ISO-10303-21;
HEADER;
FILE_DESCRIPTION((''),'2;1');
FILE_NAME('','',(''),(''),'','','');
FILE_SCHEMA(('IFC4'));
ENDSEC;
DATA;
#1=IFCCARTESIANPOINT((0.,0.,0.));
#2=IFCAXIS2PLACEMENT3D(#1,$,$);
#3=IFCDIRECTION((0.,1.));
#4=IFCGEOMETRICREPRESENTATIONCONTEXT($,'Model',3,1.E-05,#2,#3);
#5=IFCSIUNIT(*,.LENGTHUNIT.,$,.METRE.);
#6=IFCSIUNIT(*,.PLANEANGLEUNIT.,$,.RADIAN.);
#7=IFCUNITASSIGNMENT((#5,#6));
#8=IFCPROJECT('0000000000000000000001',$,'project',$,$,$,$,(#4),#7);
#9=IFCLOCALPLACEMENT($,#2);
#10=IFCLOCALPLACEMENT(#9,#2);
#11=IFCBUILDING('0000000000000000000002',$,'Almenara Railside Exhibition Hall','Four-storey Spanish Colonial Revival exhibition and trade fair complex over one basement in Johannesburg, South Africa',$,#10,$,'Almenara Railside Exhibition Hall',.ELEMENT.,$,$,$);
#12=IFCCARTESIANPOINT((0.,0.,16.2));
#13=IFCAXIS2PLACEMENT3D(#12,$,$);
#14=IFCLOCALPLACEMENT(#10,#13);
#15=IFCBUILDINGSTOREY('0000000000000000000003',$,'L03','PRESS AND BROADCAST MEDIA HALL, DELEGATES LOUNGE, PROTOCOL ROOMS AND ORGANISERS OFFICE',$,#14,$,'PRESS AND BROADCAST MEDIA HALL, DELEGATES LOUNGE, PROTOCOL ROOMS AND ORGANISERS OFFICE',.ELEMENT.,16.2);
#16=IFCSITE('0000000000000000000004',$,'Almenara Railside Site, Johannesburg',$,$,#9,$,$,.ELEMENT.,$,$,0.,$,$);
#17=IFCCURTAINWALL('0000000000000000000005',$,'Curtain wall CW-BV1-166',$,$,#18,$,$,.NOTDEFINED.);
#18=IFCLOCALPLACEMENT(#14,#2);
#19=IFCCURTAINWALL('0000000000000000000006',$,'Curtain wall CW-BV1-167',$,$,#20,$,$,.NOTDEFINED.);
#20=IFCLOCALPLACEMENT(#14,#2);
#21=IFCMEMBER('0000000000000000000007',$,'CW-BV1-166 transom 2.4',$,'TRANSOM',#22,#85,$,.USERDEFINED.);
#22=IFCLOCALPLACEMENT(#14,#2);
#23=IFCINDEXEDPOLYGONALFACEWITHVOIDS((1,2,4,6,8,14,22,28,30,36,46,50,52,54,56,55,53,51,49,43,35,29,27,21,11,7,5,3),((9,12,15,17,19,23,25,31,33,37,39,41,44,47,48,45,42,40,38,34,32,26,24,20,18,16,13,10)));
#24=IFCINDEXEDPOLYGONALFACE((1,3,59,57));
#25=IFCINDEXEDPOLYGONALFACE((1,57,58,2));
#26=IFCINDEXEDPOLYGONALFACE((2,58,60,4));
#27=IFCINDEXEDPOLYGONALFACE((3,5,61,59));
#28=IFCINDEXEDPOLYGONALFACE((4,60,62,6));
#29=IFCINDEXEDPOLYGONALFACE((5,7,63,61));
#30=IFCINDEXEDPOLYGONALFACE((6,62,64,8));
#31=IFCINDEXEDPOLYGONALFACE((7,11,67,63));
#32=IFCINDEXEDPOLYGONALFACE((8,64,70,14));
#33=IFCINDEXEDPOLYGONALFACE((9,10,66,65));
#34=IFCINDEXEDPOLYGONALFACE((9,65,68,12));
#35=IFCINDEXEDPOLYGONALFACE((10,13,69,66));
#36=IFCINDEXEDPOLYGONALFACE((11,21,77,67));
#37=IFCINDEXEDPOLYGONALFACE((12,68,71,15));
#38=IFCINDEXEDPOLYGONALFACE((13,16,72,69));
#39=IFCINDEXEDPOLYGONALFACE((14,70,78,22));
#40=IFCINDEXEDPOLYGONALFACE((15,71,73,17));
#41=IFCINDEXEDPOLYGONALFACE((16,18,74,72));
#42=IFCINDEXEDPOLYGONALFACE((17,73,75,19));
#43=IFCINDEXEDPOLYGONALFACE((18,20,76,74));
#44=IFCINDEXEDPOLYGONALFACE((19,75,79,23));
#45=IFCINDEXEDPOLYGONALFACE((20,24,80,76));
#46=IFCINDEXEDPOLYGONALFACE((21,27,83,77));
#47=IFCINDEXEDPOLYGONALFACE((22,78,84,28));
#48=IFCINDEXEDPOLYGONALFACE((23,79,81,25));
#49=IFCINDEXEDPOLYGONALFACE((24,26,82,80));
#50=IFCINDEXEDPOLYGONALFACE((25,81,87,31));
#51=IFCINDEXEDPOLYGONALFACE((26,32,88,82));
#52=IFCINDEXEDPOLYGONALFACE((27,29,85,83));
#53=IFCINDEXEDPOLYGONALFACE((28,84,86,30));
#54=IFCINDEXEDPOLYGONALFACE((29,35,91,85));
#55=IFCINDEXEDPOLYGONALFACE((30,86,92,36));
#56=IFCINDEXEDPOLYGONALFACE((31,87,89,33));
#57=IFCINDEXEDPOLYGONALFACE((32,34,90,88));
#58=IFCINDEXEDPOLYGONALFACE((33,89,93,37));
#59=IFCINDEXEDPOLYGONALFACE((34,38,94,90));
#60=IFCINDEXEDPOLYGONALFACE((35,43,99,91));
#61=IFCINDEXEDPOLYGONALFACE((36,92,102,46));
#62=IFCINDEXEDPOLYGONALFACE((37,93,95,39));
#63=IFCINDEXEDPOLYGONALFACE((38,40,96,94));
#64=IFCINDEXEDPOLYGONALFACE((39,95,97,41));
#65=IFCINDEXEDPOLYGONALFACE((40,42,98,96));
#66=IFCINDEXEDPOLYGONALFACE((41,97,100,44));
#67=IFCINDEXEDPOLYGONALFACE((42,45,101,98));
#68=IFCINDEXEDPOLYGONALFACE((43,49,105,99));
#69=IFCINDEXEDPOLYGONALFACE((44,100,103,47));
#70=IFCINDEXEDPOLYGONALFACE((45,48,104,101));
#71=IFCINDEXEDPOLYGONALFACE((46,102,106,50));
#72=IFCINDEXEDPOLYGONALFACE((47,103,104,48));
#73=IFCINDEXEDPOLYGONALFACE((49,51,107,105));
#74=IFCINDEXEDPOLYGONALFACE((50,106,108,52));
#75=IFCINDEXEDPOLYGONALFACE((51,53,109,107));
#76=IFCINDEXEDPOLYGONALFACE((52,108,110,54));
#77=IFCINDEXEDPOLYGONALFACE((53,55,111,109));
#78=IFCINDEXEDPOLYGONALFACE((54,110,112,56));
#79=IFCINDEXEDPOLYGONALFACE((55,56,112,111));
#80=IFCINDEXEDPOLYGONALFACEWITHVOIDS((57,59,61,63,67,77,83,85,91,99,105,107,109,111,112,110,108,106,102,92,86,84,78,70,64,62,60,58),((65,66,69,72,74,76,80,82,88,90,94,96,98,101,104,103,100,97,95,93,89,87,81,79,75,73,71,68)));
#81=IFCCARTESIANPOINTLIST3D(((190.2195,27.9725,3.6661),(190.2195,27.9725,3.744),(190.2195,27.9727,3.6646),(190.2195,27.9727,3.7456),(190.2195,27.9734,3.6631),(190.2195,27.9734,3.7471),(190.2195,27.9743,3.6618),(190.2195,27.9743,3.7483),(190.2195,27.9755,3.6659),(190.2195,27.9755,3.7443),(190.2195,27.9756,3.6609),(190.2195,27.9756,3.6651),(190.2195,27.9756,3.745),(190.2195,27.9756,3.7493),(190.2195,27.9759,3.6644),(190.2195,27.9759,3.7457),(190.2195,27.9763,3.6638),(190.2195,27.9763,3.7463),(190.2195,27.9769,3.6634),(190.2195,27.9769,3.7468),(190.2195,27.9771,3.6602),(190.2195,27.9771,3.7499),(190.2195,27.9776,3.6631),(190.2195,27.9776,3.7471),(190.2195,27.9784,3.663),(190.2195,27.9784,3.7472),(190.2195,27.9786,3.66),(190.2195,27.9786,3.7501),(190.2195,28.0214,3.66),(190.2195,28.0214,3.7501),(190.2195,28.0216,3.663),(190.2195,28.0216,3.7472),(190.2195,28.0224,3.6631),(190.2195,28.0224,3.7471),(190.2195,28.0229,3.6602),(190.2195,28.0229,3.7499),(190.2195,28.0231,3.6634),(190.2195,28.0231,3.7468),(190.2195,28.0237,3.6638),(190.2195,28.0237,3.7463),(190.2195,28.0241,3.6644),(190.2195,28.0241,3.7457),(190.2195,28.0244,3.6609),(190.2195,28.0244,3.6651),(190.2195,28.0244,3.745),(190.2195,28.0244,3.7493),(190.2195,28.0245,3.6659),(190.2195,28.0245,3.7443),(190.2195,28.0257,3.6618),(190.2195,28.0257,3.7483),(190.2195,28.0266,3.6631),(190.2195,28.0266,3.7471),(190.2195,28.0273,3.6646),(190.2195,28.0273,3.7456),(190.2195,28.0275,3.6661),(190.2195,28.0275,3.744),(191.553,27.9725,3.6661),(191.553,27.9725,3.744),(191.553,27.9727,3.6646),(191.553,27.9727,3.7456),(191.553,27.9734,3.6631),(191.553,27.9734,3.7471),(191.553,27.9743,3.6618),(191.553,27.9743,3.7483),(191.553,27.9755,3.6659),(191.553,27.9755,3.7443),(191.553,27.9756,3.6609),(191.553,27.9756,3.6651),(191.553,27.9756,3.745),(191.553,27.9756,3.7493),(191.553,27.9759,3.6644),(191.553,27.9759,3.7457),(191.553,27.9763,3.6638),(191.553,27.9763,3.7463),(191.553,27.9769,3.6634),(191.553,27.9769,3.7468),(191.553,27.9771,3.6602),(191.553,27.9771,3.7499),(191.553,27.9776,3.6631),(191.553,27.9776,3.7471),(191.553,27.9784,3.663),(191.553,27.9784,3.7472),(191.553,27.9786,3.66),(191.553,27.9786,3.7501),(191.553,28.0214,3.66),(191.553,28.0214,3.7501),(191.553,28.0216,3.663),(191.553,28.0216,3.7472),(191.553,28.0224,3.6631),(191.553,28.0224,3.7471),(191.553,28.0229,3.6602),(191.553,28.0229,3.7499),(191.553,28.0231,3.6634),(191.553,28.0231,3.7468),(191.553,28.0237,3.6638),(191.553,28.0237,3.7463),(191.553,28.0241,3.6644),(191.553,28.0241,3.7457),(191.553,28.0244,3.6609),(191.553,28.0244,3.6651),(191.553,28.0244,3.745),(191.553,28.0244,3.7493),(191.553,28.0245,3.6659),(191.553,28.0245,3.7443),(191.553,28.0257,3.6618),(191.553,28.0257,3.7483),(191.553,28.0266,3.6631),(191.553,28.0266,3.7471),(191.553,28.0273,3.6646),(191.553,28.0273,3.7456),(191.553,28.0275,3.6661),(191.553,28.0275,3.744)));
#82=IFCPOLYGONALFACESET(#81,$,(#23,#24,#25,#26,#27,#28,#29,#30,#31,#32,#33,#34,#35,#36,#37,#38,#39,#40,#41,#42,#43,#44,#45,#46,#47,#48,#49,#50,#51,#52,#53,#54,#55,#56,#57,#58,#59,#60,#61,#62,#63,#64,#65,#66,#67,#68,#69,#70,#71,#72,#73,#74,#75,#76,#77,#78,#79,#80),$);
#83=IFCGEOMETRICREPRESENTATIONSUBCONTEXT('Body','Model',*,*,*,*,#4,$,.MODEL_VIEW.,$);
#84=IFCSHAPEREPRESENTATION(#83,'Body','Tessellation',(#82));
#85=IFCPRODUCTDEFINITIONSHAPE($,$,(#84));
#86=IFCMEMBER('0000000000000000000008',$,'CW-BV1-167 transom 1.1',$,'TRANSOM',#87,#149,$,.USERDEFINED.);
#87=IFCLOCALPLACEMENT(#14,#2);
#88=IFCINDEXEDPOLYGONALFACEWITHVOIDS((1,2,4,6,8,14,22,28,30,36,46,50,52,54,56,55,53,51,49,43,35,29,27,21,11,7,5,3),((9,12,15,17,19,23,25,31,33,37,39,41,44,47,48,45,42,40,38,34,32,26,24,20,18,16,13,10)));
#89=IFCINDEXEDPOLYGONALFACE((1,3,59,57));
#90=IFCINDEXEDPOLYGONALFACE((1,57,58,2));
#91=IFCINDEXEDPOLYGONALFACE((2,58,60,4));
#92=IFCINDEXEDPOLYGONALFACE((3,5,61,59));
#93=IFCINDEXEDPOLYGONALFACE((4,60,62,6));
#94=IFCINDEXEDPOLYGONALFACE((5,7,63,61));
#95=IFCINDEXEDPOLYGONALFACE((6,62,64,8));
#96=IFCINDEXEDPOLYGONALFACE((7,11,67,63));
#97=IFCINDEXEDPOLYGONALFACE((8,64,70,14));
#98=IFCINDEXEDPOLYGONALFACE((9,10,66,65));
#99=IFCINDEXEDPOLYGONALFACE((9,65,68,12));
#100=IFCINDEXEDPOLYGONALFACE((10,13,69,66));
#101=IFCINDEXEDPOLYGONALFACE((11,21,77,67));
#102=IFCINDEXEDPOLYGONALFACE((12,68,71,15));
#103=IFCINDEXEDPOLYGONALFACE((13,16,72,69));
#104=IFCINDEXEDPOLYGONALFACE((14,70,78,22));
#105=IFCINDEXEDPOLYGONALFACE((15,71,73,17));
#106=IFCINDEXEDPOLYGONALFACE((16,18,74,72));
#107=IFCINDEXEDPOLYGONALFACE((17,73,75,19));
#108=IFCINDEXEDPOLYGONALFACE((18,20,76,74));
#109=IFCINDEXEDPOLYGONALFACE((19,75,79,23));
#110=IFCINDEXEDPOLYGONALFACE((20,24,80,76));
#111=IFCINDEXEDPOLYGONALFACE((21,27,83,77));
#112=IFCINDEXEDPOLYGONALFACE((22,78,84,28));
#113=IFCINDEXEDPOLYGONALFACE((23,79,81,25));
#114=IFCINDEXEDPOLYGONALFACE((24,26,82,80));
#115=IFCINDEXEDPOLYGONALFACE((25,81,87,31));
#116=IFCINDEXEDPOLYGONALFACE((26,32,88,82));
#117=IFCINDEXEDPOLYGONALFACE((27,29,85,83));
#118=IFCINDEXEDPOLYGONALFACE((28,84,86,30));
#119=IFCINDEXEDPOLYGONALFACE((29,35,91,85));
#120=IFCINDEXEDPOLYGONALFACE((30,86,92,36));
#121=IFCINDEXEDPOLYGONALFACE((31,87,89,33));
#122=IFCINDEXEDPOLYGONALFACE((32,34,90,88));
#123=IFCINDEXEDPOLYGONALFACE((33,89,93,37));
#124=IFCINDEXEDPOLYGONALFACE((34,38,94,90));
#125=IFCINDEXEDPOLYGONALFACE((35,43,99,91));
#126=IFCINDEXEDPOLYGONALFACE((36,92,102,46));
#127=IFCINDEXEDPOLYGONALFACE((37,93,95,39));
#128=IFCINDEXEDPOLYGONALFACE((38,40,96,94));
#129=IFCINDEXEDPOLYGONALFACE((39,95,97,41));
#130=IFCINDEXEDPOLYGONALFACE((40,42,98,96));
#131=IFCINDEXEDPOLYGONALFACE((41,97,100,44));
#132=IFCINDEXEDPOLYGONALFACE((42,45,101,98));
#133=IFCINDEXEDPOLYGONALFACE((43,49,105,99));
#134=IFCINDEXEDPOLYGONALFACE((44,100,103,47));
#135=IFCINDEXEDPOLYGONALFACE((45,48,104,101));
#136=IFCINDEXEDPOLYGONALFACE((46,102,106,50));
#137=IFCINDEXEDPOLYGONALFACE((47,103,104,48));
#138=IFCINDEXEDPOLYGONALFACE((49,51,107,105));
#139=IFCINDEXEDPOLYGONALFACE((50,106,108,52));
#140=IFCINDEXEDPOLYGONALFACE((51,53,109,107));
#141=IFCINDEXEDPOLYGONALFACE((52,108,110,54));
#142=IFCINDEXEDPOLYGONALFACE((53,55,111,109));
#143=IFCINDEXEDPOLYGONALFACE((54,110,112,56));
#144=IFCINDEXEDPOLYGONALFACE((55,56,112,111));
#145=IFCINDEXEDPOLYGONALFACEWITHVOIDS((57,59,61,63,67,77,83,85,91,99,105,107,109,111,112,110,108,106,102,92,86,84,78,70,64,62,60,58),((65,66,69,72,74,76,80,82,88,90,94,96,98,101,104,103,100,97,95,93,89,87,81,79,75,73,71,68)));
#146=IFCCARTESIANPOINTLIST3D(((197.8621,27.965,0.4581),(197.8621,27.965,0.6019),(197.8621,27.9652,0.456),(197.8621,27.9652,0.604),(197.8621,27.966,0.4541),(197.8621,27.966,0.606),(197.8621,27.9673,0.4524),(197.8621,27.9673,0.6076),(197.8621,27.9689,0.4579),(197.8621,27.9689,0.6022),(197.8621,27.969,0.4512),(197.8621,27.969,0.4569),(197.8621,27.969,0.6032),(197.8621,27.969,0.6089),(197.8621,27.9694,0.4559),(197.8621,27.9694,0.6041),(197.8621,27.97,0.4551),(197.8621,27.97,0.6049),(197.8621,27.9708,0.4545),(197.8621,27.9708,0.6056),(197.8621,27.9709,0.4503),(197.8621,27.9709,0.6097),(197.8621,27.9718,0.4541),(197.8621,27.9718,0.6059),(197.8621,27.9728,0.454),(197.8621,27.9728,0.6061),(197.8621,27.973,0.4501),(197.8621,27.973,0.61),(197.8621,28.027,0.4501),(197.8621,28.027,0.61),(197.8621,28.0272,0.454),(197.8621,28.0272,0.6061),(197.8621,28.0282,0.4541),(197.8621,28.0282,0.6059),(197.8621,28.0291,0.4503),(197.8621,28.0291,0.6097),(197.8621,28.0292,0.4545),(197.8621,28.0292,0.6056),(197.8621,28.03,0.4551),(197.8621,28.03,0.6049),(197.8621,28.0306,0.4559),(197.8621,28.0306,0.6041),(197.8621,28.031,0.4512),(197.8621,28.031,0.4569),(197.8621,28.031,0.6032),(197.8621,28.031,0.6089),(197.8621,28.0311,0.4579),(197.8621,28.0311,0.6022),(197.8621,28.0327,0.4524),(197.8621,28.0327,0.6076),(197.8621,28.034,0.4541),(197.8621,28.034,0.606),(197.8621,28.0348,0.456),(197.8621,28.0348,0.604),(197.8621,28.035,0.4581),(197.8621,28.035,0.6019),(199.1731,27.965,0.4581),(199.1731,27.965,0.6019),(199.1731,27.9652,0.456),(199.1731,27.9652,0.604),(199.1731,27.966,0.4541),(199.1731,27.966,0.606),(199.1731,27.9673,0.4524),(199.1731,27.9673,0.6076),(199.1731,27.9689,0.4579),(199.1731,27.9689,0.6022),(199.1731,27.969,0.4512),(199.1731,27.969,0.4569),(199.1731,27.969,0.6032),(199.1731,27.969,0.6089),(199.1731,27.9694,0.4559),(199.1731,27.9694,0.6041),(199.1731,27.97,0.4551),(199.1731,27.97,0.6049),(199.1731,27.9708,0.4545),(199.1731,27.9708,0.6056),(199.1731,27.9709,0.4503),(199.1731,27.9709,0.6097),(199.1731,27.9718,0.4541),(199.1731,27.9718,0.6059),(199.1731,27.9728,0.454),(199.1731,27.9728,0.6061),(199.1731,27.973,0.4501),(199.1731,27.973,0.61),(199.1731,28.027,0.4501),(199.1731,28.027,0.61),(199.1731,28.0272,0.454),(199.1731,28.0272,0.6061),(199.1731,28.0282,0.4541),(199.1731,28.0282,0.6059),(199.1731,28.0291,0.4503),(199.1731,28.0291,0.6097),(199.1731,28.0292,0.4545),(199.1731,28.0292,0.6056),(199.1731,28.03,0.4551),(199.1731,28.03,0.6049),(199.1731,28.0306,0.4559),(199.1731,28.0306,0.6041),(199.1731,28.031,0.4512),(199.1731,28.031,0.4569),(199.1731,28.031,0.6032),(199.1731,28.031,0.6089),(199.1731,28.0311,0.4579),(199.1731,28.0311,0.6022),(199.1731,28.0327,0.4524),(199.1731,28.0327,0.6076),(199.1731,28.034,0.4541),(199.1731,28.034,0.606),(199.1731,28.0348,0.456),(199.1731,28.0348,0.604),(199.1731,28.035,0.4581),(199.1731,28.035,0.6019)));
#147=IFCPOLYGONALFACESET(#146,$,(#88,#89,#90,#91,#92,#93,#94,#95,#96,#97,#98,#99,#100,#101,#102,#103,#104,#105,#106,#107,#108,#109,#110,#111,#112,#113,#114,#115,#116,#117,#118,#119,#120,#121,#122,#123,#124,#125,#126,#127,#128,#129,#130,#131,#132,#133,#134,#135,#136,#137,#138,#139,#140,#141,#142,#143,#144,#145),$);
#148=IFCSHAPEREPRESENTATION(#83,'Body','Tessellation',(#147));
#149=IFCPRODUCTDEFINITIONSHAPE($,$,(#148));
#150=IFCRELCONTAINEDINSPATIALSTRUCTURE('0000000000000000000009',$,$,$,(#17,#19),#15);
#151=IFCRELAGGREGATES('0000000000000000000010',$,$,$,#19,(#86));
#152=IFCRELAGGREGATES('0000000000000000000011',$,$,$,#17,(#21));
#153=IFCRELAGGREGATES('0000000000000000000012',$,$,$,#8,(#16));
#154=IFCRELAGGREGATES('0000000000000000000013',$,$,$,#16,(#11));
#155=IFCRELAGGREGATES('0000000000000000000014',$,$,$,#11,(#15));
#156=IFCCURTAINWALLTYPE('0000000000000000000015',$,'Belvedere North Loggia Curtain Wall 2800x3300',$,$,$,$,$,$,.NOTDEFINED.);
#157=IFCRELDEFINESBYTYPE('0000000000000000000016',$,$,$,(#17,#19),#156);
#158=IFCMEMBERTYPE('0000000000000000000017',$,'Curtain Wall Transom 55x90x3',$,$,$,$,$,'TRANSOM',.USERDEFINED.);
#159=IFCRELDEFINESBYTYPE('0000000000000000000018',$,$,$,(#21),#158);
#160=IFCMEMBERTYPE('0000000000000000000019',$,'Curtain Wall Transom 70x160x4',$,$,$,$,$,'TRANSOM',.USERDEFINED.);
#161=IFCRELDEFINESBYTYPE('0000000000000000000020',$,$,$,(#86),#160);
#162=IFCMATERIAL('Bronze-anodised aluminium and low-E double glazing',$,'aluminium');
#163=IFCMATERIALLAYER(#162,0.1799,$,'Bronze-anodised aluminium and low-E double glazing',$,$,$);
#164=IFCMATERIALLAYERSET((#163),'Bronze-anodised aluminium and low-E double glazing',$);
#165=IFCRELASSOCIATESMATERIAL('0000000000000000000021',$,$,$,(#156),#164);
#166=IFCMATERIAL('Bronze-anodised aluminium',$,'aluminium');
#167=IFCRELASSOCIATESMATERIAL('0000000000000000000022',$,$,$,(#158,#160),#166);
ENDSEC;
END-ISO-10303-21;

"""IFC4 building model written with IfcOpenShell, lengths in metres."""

from ifc_helpers import new_model, si_unit, direction, frame, origin, origin_2d, place, context, subcontext, project, spatial, hollow_rectangle, extrude, material, layer, layer_set, material_profile, profile_set, type_object, element, aggregate, save


model = new_model("IFC4")

# Units and contexts
model_context = context("Model", 3, precision=1e-05, world=origin(), true_north=direction((0.0, 1.0)))
body_context = subcontext(model_context, "Body", "Model", "MODEL_VIEW")
ifc_project = project(units=[si_unit("LENGTHUNIT", "METRE"), si_unit("PLANEANGLEUNIT", "RADIAN")], contexts=[model_context])

# Site, building, storey
site_placement = place(None, origin())
site = spatial("IfcSite", under=ifc_project, at=site_placement, Name="Almenara Railside Site, Johannesburg", CompositionType="ELEMENT", RefElevation=0.0)
building_placement = place(site_placement, origin())
building = spatial("IfcBuilding", under=site, at=building_placement, Name="Almenara Railside Exhibition Hall", Description="Four-storey Spanish Colonial Revival exhibition and trade fair complex over one basement in Johannesburg, South Africa", LongName="Almenara Railside Exhibition Hall", CompositionType="ELEMENT")
storey_placement = place(building_placement, frame((0.0, 0.0, 16.2)))
storey = spatial("IfcBuildingStorey", under=building, at=storey_placement, Name="L03", Description="PRESS AND BROADCAST MEDIA HALL, DELEGATES LOUNGE, PROTOCOL ROOMS AND ORGANISERS OFFICE", LongName="PRESS AND BROADCAST MEDIA HALL, DELEGATES LOUNGE, PROTOCOL ROOMS AND ORGANISERS OFFICE", CompositionType="ELEMENT", Elevation=16.2)

# Curtain walls
ifc_material_1 = material(Name="Bronze-anodised aluminium and low-E double glazing", Category="aluminium")
ifc_layer_1 = layer(ifc_material_1, 0.1799, Name="Bronze-anodised aluminium and low-E double glazing")
ifc_layer_set_1 = layer_set([ifc_layer_1], Name="Bronze-anodised aluminium and low-E double glazing")
curtain_wall_type = type_object("IfcCurtainWallType", Name="Belvedere North Loggia Curtain Wall 2800x3300", PredefinedType="NOTDEFINED", material=ifc_layer_set_1)
curtain_wall_1_placement = place(storey_placement, origin())
curtain_wall_1 = element("IfcCurtainWall", 1, at=curtain_wall_1_placement, inside=storey, type_object=curtain_wall_type, Name="Curtain wall CW-BV1-166", PredefinedType="NOTDEFINED")
ifc_material_2 = material(Name="Bronze-anodised aluminium", Category="aluminium")
curtain_wall_2_placement = place(storey_placement, origin())
curtain_wall_2 = element("IfcCurtainWall", 2, at=curtain_wall_2_placement, inside=storey, type_object=curtain_wall_type, Name="Curtain wall CW-BV1-167", PredefinedType="NOTDEFINED")

# Members
ifc_material_profile_1 = material_profile(ifc_material_2, hollow_rectangle(XDim=0.0549, YDim=0.0901, WallThickness=0.0029, InnerFilletRadius=0.0029, OuterFilletRadius=0.0061, at=origin_2d()), Name="ALU-TRN 55x90x3")
ifc_profile_set_1 = profile_set([ifc_material_profile_1], Name="Bronze-anodised aluminium")
member_type_1 = type_object("IfcMemberType", Name="Curtain Wall Transom 55x90x3", ElementType="TRANSOM", PredefinedType="USERDEFINED", material=ifc_profile_set_1)
member_1_placement = place(storey_placement, frame((190.2195, 28.0, 3.7051), z_axis=(1.0, 0.0, 0.0), x_axis=(0.0, 1.0, 0.0)))
member_1 = element("IfcMember", 3, at=member_1_placement, type_object=member_type_1, Name="CW-BV1-166 transom 2.4", ObjectType="TRANSOM", PredefinedType="USERDEFINED", context=body_context, shape_type="SweptSolid", body=[
    extrude(hollow_rectangle(XDim=0.0549, YDim=0.0901, WallThickness=0.0029, InnerFilletRadius=0.0029, OuterFilletRadius=0.0061, at=origin_2d()), origin(), (0.0, 0.0, 1.0), 1.3335),
])
ifc_material_profile_2 = material_profile(ifc_material_2, hollow_rectangle(XDim=0.0701, YDim=0.1599, WallThickness=0.0039, InnerFilletRadius=0.0039, OuterFilletRadius=0.0081, at=origin_2d()), Name="ALU-TRN 70x160x4")
ifc_profile_set_2 = profile_set([ifc_material_profile_2], Name="Bronze-anodised aluminium")
member_type_2 = type_object("IfcMemberType", Name="Curtain Wall Transom 70x160x4", ElementType="TRANSOM", PredefinedType="USERDEFINED", material=ifc_profile_set_2)
member_2_placement = place(storey_placement, frame((197.8621, 28.0, 0.53), z_axis=(1.0, 0.0, 0.0), x_axis=(0.0, 1.0, 0.0)))
member_2 = element("IfcMember", 4, at=member_2_placement, type_object=member_type_2, Name="CW-BV1-167 transom 1.1", ObjectType="TRANSOM", PredefinedType="USERDEFINED", context=body_context, shape_type="SweptSolid", body=[
    extrude(hollow_rectangle(XDim=0.0701, YDim=0.1599, WallThickness=0.0039, InnerFilletRadius=0.0039, OuterFilletRadius=0.0081, at=origin_2d()), origin(), (0.0, 0.0, 1.0), 1.311),
])

aggregate(curtain_wall_2, [member_2])
aggregate(curtain_wall_1, [member_1])

save(model, "model.ifc")
